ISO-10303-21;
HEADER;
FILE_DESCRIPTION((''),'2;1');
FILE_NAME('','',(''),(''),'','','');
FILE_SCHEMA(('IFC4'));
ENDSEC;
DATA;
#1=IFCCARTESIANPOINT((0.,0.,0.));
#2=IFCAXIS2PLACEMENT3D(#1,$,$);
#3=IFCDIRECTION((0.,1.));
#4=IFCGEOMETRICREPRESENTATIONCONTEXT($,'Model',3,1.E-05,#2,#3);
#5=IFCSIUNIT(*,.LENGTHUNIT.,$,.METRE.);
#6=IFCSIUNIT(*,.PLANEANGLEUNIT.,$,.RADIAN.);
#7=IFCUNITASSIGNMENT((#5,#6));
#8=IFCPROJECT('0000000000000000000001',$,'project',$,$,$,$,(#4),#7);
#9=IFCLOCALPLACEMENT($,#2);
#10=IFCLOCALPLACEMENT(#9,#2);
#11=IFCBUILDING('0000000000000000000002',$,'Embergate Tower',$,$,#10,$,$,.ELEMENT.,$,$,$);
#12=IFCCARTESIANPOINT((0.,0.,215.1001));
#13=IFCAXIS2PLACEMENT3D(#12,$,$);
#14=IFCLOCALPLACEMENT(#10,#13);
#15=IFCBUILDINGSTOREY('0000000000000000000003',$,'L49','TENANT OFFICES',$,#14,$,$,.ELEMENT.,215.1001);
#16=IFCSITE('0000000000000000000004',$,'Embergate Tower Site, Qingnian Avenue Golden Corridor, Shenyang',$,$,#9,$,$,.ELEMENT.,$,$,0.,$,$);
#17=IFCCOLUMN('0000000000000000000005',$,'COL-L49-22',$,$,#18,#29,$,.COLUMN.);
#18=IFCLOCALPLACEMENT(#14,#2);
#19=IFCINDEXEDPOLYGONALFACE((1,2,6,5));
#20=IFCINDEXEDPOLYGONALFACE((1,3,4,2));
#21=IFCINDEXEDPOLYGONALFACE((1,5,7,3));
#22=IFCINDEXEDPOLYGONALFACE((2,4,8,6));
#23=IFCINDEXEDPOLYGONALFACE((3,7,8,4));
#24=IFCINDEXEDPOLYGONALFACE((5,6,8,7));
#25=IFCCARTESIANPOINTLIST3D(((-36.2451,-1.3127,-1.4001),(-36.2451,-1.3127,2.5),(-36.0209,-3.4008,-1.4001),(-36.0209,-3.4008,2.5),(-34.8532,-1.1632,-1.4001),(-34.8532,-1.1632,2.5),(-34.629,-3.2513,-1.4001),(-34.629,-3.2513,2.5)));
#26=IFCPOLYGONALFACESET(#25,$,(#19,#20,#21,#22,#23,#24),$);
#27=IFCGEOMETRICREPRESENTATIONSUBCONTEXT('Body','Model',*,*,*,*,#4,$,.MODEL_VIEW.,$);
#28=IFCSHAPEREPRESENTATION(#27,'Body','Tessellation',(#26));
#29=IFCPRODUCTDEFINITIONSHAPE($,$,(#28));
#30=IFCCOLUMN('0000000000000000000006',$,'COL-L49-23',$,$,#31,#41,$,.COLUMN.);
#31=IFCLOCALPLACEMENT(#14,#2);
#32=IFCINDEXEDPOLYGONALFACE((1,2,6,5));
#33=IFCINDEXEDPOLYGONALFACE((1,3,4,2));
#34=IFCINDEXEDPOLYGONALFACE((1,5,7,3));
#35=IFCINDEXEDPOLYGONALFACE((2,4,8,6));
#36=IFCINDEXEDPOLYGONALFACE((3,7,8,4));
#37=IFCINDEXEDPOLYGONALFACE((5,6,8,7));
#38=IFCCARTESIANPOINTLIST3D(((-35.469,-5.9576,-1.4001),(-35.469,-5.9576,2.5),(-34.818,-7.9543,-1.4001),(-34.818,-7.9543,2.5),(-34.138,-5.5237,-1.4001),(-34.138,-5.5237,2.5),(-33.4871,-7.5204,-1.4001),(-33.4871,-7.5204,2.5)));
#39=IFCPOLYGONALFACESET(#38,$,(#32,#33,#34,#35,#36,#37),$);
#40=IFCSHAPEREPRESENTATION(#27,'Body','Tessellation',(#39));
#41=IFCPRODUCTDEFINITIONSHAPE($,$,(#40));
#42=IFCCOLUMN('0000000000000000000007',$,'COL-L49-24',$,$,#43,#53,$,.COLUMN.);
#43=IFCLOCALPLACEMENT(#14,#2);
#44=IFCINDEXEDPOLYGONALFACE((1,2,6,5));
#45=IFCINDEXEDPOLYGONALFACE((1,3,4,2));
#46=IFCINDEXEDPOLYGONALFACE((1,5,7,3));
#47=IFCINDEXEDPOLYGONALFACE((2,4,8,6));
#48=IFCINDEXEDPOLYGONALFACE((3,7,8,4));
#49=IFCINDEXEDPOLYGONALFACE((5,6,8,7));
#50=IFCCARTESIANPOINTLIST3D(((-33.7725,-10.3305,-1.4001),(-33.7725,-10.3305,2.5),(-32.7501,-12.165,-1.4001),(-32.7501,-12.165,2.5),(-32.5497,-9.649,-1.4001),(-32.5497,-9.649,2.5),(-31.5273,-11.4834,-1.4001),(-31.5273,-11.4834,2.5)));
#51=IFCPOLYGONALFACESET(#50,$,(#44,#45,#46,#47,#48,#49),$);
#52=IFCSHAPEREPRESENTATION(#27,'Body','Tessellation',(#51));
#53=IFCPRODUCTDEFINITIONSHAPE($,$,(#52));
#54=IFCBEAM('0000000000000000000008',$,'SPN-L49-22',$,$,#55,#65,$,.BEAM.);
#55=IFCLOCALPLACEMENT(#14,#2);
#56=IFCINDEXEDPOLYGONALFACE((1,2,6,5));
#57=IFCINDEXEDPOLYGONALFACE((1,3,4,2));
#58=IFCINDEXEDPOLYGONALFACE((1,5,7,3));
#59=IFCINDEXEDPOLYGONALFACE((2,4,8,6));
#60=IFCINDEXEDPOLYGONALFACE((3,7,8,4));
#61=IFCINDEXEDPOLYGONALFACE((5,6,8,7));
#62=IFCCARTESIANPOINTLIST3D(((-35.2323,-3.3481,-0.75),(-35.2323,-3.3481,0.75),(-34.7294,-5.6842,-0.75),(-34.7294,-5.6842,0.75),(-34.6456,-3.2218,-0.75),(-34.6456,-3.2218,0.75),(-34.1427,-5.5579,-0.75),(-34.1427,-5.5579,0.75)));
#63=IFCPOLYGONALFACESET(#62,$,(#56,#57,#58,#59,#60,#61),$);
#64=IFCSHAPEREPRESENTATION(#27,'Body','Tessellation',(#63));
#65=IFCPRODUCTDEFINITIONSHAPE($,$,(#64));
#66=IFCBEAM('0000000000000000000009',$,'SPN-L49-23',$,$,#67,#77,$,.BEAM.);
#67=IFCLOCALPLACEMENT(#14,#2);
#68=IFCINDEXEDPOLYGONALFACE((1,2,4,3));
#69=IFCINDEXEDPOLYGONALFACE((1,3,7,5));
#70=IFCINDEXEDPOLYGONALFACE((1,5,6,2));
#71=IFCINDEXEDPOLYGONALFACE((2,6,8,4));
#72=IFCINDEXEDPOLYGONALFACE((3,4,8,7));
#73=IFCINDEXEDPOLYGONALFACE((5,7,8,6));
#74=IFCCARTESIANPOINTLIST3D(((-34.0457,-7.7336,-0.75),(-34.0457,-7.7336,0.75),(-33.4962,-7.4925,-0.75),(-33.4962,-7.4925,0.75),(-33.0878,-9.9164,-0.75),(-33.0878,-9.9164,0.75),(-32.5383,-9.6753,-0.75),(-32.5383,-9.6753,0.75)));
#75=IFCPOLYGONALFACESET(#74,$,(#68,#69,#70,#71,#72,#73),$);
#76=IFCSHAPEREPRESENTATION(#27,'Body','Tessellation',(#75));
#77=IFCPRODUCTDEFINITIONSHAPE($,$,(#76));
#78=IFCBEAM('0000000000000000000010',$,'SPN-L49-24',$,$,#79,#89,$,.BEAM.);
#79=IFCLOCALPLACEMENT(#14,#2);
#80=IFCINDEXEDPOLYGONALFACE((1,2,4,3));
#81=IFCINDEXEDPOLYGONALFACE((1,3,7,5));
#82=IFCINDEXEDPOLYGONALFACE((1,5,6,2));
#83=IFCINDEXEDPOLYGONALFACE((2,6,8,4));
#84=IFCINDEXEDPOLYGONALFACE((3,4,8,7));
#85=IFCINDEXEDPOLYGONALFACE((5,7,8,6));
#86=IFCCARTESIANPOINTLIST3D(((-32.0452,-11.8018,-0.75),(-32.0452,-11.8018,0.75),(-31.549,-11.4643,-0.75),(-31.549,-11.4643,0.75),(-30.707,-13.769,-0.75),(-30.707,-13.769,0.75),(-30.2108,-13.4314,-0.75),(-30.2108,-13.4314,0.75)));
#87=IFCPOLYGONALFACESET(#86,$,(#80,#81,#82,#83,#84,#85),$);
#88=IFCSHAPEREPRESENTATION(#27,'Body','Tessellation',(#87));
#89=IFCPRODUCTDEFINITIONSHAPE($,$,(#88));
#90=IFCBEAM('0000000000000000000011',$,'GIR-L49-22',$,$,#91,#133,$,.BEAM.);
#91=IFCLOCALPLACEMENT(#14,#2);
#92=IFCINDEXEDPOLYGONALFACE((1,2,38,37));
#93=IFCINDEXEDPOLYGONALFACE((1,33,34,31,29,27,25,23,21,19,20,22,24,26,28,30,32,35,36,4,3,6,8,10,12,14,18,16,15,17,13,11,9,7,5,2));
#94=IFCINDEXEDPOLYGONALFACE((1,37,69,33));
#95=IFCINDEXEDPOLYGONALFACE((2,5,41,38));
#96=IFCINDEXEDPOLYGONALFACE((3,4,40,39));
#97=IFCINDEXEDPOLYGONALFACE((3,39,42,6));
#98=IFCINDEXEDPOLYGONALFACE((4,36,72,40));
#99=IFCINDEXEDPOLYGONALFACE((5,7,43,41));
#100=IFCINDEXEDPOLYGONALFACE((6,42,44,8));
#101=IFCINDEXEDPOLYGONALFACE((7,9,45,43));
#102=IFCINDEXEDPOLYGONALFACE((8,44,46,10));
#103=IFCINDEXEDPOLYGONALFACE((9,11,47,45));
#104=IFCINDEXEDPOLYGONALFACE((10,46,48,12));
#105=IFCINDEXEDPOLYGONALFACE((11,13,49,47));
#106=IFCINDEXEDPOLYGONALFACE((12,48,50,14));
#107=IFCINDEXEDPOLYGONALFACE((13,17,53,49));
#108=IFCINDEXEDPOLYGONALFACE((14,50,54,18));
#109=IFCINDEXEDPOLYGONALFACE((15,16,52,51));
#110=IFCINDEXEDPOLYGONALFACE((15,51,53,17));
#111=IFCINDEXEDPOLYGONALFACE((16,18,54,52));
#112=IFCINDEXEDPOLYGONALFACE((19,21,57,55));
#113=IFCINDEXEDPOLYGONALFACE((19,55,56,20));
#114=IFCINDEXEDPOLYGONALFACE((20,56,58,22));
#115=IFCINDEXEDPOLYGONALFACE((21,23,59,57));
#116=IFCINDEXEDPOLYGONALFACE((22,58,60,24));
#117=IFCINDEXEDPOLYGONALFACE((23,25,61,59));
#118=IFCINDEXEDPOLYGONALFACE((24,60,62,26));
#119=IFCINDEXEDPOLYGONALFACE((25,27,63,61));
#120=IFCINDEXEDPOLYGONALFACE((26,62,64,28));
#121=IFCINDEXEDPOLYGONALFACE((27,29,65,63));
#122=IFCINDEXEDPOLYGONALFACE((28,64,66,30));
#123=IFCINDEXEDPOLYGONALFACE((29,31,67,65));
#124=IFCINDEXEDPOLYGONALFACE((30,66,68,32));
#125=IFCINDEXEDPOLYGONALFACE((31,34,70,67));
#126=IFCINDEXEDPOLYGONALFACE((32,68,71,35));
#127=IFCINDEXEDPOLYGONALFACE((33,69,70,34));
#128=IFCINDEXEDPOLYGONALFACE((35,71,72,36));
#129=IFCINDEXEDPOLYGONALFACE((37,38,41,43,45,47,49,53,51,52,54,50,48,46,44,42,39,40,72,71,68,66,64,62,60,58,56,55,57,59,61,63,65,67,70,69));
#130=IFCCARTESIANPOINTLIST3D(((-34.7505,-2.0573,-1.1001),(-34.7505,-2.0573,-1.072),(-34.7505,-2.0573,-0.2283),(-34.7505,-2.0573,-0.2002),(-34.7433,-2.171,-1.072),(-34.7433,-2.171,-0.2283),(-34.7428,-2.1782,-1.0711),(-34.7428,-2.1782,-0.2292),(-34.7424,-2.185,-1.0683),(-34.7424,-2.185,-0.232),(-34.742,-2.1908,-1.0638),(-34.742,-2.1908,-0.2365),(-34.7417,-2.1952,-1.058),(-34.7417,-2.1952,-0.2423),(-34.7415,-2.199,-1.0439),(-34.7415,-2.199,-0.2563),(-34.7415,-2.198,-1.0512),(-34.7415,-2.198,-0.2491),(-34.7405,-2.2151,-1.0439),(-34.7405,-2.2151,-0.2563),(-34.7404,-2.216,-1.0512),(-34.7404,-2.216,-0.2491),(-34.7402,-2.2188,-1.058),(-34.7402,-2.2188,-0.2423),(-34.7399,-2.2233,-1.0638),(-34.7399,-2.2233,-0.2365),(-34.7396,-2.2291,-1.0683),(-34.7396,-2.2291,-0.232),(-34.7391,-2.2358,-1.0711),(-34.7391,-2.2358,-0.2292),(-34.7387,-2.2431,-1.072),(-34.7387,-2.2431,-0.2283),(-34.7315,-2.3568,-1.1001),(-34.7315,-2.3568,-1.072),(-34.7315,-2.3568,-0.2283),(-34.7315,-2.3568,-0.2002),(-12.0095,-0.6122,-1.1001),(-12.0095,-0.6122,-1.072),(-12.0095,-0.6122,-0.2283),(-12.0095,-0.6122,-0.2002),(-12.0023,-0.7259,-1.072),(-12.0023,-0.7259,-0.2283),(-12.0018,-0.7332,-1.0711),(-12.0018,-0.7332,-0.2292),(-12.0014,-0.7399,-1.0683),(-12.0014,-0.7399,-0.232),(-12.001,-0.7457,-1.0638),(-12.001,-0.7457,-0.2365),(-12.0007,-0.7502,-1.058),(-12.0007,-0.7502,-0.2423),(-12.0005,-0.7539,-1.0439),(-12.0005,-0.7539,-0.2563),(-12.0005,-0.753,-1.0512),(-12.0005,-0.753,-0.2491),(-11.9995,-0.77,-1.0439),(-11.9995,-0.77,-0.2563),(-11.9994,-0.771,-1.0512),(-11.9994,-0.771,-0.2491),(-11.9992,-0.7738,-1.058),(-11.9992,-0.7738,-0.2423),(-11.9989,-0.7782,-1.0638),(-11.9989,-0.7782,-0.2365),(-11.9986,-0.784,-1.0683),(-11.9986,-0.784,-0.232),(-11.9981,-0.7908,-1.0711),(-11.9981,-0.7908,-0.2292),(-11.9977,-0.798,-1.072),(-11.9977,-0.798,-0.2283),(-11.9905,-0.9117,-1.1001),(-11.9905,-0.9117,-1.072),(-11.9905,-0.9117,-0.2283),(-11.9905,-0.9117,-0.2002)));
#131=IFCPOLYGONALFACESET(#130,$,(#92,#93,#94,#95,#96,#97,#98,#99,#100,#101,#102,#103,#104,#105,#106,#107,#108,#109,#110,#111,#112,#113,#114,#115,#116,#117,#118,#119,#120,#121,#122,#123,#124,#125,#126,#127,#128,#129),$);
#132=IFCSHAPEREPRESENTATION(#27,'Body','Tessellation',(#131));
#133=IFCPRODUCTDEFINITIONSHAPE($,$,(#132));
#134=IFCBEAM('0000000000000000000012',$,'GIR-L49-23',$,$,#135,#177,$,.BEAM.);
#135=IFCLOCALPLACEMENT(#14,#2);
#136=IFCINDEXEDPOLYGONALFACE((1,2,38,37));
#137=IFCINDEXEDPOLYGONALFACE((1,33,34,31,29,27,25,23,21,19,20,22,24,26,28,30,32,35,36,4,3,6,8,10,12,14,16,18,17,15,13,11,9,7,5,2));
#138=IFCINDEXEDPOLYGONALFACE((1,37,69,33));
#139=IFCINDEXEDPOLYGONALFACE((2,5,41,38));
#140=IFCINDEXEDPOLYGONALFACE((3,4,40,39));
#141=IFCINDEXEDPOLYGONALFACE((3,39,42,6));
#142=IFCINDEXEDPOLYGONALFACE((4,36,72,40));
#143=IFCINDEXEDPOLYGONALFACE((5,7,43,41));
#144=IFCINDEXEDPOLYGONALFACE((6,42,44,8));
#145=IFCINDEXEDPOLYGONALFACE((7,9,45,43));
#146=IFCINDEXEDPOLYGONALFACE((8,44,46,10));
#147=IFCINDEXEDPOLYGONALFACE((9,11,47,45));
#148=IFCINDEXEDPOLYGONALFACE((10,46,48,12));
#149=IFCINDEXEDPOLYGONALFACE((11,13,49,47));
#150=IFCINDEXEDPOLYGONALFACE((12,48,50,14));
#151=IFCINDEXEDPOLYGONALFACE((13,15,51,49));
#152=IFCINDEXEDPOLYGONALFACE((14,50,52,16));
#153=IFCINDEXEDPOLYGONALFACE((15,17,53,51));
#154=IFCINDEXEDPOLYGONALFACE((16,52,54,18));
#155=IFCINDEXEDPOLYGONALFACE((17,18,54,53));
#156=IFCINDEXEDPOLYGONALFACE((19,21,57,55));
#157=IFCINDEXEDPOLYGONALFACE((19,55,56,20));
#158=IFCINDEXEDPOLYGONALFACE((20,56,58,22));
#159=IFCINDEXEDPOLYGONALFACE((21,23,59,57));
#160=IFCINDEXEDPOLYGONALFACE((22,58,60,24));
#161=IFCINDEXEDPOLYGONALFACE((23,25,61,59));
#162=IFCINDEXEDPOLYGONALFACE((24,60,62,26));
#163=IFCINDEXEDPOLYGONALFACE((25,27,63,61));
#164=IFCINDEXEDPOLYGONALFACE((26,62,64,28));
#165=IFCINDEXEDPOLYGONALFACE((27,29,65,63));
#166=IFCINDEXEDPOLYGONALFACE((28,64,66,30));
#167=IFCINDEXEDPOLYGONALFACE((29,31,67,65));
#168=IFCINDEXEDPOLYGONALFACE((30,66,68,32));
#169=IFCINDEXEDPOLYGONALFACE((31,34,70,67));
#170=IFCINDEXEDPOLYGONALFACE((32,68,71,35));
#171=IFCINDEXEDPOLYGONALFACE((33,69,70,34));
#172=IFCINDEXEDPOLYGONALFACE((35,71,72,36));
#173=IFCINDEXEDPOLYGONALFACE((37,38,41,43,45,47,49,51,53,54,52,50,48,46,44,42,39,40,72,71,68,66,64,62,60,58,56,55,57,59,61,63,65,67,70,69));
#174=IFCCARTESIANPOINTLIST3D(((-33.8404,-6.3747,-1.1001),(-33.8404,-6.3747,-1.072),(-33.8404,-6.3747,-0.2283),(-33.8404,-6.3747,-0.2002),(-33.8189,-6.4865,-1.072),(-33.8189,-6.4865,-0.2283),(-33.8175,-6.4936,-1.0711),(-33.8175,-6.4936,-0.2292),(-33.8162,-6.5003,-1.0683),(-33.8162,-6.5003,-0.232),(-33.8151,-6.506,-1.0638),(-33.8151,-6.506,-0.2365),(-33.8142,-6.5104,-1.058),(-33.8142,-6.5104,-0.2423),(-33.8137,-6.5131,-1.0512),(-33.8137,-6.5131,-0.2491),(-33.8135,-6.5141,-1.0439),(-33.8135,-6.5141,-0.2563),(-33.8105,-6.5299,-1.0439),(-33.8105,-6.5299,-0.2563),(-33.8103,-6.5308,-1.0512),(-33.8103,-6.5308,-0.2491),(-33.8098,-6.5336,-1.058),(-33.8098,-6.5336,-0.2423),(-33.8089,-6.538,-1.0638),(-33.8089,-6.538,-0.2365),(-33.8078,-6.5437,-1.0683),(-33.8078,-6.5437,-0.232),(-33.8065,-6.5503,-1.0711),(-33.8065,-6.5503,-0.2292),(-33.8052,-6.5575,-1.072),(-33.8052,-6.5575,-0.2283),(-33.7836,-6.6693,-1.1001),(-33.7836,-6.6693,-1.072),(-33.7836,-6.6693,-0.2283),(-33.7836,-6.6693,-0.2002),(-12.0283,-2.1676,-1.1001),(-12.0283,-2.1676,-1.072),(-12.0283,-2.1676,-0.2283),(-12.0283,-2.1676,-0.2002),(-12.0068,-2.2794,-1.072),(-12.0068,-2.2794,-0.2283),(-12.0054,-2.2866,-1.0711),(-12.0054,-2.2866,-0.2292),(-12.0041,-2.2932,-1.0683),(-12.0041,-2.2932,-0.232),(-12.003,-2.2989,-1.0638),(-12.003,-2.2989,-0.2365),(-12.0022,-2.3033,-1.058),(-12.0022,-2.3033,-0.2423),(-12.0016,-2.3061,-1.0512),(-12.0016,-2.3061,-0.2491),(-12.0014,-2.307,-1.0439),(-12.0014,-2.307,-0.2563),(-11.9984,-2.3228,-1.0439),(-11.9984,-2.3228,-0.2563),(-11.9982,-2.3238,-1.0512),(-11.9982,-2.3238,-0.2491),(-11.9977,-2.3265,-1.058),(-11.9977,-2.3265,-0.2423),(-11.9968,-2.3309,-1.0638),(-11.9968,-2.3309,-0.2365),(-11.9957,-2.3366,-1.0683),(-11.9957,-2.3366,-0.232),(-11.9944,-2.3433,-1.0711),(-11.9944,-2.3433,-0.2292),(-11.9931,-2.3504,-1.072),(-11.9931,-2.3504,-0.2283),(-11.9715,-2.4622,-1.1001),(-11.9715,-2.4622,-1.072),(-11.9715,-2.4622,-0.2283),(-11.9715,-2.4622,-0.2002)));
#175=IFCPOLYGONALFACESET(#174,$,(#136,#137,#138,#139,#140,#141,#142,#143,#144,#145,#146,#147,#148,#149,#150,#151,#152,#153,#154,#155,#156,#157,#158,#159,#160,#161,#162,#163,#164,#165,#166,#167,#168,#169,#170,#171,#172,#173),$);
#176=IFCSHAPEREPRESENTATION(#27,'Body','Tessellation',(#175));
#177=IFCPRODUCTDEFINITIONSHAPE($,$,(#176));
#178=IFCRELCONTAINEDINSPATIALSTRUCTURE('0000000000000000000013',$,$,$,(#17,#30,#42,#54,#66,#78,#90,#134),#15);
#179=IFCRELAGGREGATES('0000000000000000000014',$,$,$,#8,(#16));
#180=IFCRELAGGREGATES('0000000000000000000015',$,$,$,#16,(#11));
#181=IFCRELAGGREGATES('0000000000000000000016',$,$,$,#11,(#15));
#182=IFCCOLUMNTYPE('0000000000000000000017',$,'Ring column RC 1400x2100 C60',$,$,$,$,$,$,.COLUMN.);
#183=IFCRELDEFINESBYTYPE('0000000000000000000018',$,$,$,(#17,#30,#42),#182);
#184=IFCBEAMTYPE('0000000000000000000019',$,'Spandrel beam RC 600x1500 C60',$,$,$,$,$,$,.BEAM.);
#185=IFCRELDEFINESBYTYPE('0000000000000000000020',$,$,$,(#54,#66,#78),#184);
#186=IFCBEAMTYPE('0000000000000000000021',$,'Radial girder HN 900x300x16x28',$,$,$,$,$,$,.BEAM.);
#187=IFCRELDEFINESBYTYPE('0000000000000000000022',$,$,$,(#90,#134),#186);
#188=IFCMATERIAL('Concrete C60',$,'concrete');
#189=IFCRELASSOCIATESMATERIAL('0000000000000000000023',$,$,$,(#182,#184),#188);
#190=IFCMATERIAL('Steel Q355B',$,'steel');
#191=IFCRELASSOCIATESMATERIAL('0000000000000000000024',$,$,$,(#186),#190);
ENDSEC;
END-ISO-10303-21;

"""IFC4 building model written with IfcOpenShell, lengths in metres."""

from ifc_helpers import new_model, si_unit, direction, frame, origin, origin_2d, place, context, subcontext, project, spatial, rectangle, i_section, extrude, source, transform, mapped, material, material_profile, profile_set, type_object, element, save


model = new_model("IFC4")

# Units and contexts
model_context = context("Model", 3, precision=1e-05, world=origin(), true_north=direction((0.0, 1.0)))
body_context = subcontext(model_context, "Body", "Model", "MODEL_VIEW")
ifc_project = project(units=[si_unit("LENGTHUNIT", "METRE"), si_unit("PLANEANGLEUNIT", "RADIAN")], contexts=[model_context])

# Site, building, storey
site_placement = place(None, origin())
site = spatial("IfcSite", under=ifc_project, at=site_placement, Name="Embergate Tower Site, Qingnian Avenue Golden Corridor, Shenyang", CompositionType="ELEMENT", RefElevation=0.0)
building_placement = place(site_placement, origin())
building = spatial("IfcBuilding", under=site, at=building_placement, Name="Embergate Tower", CompositionType="ELEMENT")
storey_placement = place(building_placement, frame((0.0, 0.0, 215.1001)))
storey = spatial("IfcBuildingStorey", under=building, at=storey_placement, Name="L49", Description="TENANT OFFICES", CompositionType="ELEMENT", Elevation=215.1001)

# Columns
ifc_material_1 = material(Name="Concrete C60", Category="concrete")
ifc_material_profile_1 = material_profile(ifc_material_1, rectangle(XDim=1.3999, YDim=2.1001, at=origin_2d()), Name="RC 1400x2100")
ifc_profile_set_1 = profile_set([ifc_material_profile_1], Name="Concrete C60")
column_type = type_object("IfcColumnType", Name="Ring column RC 1400x2100 C60", PredefinedType="COLUMN", material=ifc_profile_set_1)
shared_shape_1 = source(origin(), body_context, "Body", "SweptSolid", [
    extrude(rectangle(XDim=1.3999, YDim=2.1001, at=origin_2d()), origin(), (0.0, 0.0, 1.0), 3.9001),
])
for number, where, z_axis, x_axis, name in (
    (1, (-35.437, -2.282, -1.4001), (0.0, 0.0, 1.0), (-0.994286, -0.10675, 0.0), "COL-L49-22"),
    (2, (-34.478, -6.739, -1.4001), (0.0, 0.0, 1.0), (-0.950754, -0.309946, 0.0), "COL-L49-23"),
    (3, (-32.6499, -10.907, -1.4001), (0.0, 0.0, 1.0), (-0.8735, -0.486823, 0.0), "COL-L49-24"),
):
    element("IfcColumn", number, at=place(storey_placement, frame(where, z_axis=z_axis, x_axis=x_axis)), inside=storey, type_object=column_type, Name=name, PredefinedType="COLUMN", context=body_context, shape_type="MappedRepresentation", body=[
        mapped(shared_shape_1, transform((0.0, 0.0, 0.0))),
    ])

# Beams
ifc_material_profile_2 = material_profile(ifc_material_1, rectangle(XDim=0.6001, YDim=1.5, at=origin_2d()), Name="RC 600x1500")
ifc_profile_set_2 = profile_set([ifc_material_profile_2], Name="Concrete C60")
beam_type_1 = type_object("IfcBeamType", Name="Spandrel beam RC 600x1500 C60", PredefinedType="BEAM", material=ifc_profile_set_2)
shared_shape_2 = source(origin(), body_context, "Body", "SweptSolid", [
    extrude(rectangle(XDim=0.6001, YDim=1.5, at=origin_2d()), origin(), (0.0, 0.0, 1.0), 2.3896),
])
beam_1_placement = place(storey_placement, frame((-34.939, -3.2849, 0.0), z_axis=(0.210457, -0.977603, 0.0), x_axis=(0.977603, 0.210457, 0.0)))
element("IfcBeam", 4, at=beam_1_placement, inside=storey, type_object=beam_type_1, Name="SPN-L49-22", PredefinedType="BEAM", context=body_context, shape_type="MappedRepresentation", body=[
    mapped(shared_shape_2, transform((0.0, 0.0, 0.0))),
])
shared_shape_3 = source(origin(), body_context, "Body", "SweptSolid", [
    extrude(rectangle(XDim=0.6001, YDim=1.5, at=origin_2d()), origin(), (0.0, 0.0, 1.0), 2.3838),
])
beam_2_placement = place(storey_placement, frame((-33.771, -7.613, 0.0), z_axis=(0.401877, -0.915694, 0.0), x_axis=(0.915694, 0.401877, 0.0)))
element("IfcBeam", 5, at=beam_2_placement, inside=storey, type_object=beam_type_1, Name="SPN-L49-23", PredefinedType="BEAM", context=body_context, shape_type="MappedRepresentation", body=[
    mapped(shared_shape_3, transform((0.0, 0.0, 0.0))),
])
shared_shape_4 = source(origin(), body_context, "Body", "SweptSolid", [
    extrude(rectangle(XDim=0.6001, YDim=1.5, at=origin_2d()), origin(), (0.0, 0.0, 1.0), 2.3792),
])
beam_3_placement = place(storey_placement, frame((-31.7971, -11.6331, 0.0), z_axis=(0.562467, -0.82682, 0.0), x_axis=(0.82682, 0.562467, 0.0)))
element("IfcBeam", 6, at=beam_3_placement, inside=storey, type_object=beam_type_1, Name="SPN-L49-24", PredefinedType="BEAM", context=body_context, shape_type="MappedRepresentation", body=[
    mapped(shared_shape_4, transform((0.0, 0.0, 0.0))),
])
ifc_material_2 = material(Name="Steel Q355B", Category="steel")
ifc_material_profile_3 = material_profile(ifc_material_2, i_section(OverallWidth=0.3, OverallDepth=0.8999, WebThickness=0.0161, FlangeThickness=0.0281, FilletRadius=0.0281, at=origin_2d()), Name="HN 900x300x16x28")
ifc_profile_set_3 = profile_set([ifc_material_profile_3], Name="Steel Q355 grade B")
beam_type_2 = type_object("IfcBeamType", Name="Radial girder HN 900x300x16x28", PredefinedType="BEAM", material=ifc_profile_set_3)
shared_shape_5 = source(origin(), body_context, "Body", "SweptSolid", [
    extrude(i_section(OverallWidth=0.3, OverallDepth=0.8999, WebThickness=0.0161, FlangeThickness=0.0281, FilletRadius=0.0281, at=origin_2d()), origin(), (0.0, 0.0, 1.0), 22.7869),
])
beam_4_placement = place(storey_placement, frame((-34.741, -2.207, -0.6501), z_axis=(0.997987, 0.063417, 0.0), x_axis=(-0.063417, 0.997987, 0.0)))
element("IfcBeam", 7, at=beam_4_placement, inside=storey, type_object=beam_type_2, Name="GIR-L49-22", PredefinedType="BEAM", context=body_context, shape_type="MappedRepresentation", body=[
    mapped(shared_shape_5, transform((0.0, 0.0, 0.0))),
])
shared_shape_6 = source(origin(), body_context, "Body", "SweptSolid", [
    extrude(i_section(OverallWidth=0.3, OverallDepth=0.8999, WebThickness=0.0161, FlangeThickness=0.0281, FilletRadius=0.0281, at=origin_2d()), origin(), (0.0, 0.0, 1.0), 22.2141),
])
beam_5_placement = place(storey_placement, frame((-33.812, -6.522, -0.6501), z_axis=(0.981903, 0.189386, 0.0), x_axis=(-0.189386, 0.981903, 0.0)))
element("IfcBeam", 8, at=beam_5_placement, inside=storey, type_object=beam_type_2, Name="GIR-L49-23", PredefinedType="BEAM", context=body_context, shape_type="MappedRepresentation", body=[
    mapped(shared_shape_6, transform((0.0, 0.0, 0.0))),
])

save(model, "model.ifc")
